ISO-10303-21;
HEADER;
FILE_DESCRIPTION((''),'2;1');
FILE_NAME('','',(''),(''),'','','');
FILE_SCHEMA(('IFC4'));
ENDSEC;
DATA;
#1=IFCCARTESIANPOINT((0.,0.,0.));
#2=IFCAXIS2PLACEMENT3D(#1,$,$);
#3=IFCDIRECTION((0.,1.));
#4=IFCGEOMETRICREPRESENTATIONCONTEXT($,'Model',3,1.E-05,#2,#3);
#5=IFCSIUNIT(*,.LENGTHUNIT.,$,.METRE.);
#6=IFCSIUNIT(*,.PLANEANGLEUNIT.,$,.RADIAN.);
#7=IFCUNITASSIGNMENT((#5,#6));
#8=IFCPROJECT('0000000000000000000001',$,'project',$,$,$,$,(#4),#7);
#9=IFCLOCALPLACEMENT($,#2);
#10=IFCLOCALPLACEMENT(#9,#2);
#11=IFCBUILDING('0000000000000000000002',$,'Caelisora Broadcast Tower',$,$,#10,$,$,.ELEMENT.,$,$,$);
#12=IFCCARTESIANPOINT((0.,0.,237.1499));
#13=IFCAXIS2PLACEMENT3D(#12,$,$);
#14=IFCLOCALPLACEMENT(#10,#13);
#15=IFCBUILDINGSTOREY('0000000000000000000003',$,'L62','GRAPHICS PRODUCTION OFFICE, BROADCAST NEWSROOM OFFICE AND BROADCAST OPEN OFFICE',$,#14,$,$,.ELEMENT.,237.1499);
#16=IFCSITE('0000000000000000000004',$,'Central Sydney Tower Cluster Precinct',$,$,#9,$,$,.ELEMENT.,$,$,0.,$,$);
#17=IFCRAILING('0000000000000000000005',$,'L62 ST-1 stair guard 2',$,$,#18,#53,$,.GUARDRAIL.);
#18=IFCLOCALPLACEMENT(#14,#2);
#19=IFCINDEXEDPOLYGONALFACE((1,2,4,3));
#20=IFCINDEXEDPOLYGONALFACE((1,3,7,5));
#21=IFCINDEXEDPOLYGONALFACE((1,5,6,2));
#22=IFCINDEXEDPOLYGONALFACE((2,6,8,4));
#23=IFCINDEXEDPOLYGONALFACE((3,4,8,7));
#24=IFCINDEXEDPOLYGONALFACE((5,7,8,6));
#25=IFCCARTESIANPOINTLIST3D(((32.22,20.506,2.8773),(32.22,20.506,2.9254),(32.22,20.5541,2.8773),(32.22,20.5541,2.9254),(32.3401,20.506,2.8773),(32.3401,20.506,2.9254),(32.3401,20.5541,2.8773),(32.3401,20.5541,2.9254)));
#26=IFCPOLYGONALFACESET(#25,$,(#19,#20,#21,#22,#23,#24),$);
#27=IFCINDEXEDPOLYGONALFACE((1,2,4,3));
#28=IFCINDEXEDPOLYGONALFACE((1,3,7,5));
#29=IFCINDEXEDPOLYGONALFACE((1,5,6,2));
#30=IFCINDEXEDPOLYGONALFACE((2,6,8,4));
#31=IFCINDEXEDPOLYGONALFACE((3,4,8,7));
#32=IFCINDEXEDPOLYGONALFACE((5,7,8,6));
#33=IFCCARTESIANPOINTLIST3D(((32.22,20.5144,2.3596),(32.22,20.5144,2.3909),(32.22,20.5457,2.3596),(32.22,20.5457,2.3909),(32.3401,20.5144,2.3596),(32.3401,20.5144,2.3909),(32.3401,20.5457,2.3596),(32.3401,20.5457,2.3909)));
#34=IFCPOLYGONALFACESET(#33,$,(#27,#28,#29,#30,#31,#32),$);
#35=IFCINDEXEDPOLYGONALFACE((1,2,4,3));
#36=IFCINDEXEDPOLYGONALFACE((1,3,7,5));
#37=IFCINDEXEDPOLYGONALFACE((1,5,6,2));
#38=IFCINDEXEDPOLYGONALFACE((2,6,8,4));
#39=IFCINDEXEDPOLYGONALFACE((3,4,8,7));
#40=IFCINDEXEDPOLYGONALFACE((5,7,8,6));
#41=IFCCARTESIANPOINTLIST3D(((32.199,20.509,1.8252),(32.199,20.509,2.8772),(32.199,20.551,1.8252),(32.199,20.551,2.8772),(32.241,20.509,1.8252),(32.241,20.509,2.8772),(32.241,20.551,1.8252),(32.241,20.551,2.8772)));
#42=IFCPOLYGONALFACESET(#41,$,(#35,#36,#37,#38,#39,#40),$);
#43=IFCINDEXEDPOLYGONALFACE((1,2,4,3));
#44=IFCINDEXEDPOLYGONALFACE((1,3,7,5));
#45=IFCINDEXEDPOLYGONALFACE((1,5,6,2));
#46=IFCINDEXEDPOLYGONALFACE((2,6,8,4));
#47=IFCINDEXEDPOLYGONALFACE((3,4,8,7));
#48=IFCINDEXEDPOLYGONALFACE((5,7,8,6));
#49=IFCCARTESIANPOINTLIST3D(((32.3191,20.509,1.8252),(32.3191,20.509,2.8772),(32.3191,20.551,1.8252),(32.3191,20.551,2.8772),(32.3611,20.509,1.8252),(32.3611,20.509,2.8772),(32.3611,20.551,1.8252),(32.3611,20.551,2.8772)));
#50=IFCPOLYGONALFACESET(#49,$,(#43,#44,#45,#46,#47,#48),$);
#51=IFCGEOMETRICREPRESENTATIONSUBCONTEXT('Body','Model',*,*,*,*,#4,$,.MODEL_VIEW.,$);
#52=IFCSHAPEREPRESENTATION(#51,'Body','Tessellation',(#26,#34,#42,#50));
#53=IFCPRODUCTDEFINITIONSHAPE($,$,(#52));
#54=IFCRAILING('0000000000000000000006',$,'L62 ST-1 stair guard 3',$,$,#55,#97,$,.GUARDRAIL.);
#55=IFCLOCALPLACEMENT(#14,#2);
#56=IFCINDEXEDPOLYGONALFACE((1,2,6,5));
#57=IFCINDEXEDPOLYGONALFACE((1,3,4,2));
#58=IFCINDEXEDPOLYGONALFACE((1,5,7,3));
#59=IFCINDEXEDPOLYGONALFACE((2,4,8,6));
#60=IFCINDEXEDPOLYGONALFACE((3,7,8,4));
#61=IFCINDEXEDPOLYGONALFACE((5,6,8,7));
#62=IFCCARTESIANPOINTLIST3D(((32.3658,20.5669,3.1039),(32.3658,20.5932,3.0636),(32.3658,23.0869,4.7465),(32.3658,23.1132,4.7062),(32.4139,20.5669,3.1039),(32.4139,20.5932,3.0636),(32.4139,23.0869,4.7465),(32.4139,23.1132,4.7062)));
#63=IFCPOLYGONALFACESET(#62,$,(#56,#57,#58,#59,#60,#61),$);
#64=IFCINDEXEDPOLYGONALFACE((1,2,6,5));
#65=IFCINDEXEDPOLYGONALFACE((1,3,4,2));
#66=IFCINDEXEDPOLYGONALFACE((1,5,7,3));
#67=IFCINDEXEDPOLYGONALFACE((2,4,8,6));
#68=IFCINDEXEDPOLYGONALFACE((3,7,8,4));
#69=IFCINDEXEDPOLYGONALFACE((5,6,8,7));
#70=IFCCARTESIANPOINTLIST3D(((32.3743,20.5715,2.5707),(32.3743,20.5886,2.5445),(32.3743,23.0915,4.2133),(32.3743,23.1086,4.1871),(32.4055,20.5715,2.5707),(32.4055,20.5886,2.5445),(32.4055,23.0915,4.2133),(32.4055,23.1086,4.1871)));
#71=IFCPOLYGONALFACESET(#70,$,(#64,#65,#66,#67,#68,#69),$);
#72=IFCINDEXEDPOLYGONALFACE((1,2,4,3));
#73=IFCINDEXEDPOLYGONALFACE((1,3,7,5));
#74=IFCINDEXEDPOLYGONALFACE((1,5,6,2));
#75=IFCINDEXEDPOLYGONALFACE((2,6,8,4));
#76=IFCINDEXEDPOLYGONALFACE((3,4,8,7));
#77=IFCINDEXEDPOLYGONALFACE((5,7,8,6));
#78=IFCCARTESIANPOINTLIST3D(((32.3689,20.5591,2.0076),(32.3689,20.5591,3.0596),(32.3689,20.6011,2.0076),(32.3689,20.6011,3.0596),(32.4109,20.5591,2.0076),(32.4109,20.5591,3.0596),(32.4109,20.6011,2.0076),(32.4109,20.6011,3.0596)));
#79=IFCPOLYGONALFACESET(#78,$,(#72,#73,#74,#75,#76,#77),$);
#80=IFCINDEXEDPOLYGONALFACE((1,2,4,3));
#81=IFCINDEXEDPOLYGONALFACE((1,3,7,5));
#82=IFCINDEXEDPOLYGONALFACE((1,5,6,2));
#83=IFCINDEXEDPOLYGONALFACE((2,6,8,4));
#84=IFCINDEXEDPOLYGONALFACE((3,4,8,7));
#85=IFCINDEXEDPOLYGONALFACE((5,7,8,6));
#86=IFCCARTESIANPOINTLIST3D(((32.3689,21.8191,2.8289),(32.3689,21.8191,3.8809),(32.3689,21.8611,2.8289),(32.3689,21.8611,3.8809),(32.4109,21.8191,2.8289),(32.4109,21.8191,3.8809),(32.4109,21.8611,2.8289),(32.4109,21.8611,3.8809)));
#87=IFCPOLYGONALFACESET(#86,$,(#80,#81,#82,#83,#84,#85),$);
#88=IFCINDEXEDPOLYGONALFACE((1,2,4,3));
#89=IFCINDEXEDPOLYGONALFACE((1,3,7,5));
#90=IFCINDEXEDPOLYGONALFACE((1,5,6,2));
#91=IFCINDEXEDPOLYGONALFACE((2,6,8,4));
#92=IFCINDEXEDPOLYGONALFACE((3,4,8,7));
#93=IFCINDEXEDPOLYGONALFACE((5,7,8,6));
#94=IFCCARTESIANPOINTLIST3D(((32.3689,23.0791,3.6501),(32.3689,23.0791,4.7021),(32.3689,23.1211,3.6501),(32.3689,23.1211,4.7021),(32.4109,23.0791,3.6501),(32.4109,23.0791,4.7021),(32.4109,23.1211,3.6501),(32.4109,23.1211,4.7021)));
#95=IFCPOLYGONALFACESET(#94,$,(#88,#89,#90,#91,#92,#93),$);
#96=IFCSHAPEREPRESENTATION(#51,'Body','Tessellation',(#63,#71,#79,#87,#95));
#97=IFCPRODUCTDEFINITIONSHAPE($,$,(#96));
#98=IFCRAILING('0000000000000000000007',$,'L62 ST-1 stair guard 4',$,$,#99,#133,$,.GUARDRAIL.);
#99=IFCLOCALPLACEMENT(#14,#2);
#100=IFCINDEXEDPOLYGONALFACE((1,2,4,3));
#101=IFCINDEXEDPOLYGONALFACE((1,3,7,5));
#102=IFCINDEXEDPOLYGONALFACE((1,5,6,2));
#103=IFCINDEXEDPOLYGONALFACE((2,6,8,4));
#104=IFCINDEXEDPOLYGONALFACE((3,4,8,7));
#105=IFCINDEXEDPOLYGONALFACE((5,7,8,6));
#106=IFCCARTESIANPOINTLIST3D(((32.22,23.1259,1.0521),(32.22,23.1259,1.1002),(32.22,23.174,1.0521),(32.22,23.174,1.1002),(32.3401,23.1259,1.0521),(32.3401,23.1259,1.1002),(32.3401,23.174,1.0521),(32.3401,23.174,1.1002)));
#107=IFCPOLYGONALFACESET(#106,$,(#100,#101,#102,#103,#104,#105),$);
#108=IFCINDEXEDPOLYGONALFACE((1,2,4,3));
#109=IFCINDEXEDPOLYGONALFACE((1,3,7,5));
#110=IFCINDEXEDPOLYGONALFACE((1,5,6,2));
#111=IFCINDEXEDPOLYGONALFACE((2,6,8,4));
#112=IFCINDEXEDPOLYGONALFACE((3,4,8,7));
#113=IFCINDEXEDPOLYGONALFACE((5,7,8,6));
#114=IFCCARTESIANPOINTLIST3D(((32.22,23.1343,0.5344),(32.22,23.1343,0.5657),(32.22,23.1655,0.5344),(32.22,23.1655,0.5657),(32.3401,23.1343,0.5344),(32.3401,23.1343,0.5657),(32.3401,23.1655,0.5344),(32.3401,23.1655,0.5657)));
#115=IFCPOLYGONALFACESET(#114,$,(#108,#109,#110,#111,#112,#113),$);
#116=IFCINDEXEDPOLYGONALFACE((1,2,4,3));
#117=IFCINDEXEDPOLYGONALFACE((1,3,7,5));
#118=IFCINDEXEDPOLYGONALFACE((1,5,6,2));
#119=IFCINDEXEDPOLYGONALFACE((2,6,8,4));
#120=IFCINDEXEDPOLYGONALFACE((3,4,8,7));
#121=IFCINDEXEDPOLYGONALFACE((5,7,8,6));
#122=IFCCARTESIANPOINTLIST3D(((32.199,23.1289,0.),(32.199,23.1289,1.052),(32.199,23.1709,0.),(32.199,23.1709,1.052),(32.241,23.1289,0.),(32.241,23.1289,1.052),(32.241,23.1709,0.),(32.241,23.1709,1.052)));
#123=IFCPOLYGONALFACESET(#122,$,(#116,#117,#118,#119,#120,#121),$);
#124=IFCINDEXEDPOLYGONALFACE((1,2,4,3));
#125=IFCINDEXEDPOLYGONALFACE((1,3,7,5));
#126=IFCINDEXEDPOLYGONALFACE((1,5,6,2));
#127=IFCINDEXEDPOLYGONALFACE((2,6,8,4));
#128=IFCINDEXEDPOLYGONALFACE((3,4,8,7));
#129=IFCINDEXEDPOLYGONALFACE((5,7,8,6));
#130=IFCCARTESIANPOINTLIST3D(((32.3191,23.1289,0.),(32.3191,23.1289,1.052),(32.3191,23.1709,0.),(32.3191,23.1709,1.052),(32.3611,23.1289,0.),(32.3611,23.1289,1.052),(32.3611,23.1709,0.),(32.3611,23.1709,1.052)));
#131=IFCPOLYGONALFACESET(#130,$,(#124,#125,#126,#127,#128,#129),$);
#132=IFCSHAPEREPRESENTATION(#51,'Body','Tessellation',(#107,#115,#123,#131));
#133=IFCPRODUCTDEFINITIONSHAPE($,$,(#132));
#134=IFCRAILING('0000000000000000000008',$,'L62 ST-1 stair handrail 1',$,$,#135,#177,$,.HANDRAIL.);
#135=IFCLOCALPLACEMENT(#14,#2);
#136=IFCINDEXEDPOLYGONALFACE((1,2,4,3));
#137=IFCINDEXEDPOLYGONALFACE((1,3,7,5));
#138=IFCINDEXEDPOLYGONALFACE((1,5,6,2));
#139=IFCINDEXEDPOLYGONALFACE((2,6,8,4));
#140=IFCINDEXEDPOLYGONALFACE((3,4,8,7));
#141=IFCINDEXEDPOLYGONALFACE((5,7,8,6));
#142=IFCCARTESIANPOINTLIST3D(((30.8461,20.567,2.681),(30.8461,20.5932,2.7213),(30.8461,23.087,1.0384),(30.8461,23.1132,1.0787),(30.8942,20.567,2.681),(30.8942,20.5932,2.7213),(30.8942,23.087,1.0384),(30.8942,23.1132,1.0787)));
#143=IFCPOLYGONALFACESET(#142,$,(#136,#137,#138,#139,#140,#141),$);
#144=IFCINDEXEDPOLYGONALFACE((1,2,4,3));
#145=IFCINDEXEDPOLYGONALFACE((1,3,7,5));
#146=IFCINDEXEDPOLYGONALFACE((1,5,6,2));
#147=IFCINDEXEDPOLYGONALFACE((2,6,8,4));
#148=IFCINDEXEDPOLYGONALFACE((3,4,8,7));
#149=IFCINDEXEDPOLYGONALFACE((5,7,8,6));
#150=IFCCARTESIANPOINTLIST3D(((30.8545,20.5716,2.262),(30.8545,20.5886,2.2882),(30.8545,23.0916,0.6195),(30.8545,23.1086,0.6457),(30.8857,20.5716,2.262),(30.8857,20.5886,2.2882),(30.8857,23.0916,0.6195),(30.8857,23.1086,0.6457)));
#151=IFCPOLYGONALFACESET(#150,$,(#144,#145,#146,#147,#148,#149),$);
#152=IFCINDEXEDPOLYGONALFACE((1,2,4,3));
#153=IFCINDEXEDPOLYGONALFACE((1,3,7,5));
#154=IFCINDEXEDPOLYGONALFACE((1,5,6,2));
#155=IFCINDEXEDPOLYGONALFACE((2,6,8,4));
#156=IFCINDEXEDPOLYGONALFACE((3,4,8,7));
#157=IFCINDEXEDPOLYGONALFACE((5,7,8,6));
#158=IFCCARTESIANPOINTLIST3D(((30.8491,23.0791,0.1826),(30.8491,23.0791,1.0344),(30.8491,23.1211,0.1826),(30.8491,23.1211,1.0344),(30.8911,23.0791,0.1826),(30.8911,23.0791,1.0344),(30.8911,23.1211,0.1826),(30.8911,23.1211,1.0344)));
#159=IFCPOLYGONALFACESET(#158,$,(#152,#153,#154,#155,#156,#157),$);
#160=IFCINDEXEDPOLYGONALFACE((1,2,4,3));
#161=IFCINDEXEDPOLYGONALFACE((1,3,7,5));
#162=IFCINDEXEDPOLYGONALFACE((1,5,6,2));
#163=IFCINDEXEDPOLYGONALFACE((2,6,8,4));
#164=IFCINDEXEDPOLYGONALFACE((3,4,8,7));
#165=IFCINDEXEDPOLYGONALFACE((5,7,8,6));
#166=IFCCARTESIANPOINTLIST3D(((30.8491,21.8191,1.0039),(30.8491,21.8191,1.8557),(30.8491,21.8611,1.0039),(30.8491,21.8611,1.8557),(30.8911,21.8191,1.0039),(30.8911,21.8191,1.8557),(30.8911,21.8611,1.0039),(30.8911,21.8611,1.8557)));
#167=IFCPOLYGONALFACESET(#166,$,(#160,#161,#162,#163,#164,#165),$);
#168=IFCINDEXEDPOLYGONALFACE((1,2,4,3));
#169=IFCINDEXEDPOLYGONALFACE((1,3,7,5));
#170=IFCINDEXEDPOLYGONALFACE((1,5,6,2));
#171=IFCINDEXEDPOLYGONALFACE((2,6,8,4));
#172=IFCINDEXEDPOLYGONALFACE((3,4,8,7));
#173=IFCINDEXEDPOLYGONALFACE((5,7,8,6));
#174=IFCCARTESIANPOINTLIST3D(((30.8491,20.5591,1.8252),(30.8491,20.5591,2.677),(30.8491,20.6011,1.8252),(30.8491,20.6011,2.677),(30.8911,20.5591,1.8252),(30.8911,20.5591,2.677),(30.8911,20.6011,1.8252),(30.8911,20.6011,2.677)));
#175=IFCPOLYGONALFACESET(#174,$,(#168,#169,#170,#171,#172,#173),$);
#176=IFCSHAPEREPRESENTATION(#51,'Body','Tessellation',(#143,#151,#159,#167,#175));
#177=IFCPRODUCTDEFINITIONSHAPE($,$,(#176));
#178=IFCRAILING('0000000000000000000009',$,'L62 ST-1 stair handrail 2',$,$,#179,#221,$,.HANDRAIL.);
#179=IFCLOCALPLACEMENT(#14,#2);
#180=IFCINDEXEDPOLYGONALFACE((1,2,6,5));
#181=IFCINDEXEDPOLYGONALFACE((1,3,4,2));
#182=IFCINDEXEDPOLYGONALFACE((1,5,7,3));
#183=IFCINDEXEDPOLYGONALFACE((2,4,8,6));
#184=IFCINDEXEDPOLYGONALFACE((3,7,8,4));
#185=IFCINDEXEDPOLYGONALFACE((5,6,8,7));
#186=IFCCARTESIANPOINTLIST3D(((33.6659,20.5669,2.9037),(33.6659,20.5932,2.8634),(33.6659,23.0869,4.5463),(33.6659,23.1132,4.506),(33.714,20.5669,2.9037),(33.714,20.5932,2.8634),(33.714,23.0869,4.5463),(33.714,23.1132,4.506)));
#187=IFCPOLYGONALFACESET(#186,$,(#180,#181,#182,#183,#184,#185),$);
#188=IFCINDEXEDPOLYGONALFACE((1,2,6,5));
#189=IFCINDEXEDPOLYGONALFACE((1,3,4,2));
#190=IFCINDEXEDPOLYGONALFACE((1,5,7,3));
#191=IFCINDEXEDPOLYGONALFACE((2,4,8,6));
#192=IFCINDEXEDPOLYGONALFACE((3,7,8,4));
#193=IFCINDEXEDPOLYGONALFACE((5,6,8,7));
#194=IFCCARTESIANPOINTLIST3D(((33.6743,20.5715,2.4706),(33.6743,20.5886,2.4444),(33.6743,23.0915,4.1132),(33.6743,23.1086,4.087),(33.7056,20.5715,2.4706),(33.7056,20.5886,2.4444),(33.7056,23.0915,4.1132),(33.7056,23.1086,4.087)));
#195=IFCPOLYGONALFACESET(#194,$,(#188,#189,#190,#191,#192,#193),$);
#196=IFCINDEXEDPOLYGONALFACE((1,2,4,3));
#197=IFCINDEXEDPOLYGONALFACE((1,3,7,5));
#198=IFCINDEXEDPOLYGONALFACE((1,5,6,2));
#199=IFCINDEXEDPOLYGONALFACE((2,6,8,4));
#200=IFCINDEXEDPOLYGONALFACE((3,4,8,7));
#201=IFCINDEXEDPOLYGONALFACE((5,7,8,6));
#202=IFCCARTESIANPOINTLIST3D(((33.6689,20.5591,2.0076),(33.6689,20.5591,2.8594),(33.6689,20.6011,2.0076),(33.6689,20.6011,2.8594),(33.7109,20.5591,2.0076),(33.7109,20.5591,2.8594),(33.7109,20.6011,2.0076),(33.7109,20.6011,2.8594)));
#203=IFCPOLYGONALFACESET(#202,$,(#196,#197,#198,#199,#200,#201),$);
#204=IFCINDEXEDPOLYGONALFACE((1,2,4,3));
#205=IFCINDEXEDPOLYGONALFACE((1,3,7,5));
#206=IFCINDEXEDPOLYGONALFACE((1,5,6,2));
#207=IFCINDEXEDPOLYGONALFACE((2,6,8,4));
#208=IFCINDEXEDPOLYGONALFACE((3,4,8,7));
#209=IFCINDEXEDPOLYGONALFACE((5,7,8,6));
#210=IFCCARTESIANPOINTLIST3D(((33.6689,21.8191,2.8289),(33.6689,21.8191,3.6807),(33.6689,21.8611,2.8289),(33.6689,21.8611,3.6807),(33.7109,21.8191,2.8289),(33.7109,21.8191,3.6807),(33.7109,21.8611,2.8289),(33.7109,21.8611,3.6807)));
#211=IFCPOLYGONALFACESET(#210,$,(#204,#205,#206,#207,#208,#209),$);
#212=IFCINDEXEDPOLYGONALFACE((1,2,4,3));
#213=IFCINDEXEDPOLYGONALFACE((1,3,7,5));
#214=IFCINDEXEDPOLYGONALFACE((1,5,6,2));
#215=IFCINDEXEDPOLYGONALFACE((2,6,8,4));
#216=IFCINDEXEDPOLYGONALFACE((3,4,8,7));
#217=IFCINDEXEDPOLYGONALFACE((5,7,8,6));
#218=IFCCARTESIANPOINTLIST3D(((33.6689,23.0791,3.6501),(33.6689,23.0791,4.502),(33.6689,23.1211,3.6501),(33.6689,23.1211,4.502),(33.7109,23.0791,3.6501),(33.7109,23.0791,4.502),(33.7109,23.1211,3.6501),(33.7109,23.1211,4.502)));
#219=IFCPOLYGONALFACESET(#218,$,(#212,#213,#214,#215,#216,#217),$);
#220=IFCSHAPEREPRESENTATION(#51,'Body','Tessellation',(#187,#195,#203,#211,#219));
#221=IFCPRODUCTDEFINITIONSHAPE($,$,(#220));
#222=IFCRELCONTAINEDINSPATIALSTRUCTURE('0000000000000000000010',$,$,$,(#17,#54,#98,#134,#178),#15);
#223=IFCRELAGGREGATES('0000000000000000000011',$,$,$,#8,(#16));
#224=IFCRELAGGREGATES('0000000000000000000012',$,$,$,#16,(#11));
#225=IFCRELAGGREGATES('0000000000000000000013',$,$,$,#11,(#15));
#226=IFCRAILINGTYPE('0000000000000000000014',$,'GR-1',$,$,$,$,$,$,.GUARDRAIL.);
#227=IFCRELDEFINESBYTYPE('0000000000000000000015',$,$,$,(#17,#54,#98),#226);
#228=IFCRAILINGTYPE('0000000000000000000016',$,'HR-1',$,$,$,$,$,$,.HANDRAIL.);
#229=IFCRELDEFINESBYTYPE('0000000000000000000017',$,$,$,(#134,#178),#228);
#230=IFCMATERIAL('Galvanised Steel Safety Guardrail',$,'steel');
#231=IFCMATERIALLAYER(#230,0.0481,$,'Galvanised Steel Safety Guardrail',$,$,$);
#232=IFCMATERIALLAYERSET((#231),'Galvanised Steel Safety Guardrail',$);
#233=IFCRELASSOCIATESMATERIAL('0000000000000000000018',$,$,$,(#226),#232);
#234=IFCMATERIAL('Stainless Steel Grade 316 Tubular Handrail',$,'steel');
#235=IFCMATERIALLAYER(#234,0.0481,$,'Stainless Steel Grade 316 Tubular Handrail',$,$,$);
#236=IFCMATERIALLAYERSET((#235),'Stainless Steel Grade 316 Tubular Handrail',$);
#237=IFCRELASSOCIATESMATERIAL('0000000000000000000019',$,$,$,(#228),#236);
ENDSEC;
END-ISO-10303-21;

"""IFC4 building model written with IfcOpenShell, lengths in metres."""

from ifc_helpers import new_model, si_unit, direction, frame, origin, origin_2d, place, context, subcontext, project, spatial, rectangle, extrude, material, layer, layer_set, type_object, element, save


model = new_model("IFC4")

# Units and contexts
model_context = context("Model", 3, precision=1e-05, world=origin(), true_north=direction((0.0, 1.0)))
body_context = subcontext(model_context, "Body", "Model", "MODEL_VIEW")
ifc_project = project(units=[si_unit("LENGTHUNIT", "METRE"), si_unit("PLANEANGLEUNIT", "RADIAN")], contexts=[model_context])

# Site, building, storey
site_placement = place(None, origin())
site = spatial("IfcSite", under=ifc_project, at=site_placement, Name="Central Sydney Tower Cluster Precinct", CompositionType="ELEMENT", RefElevation=0.0)
building_placement = place(site_placement, origin())
building = spatial("IfcBuilding", under=site, at=building_placement, Name="Caelisora Broadcast Tower", CompositionType="ELEMENT")
storey_placement = place(building_placement, frame((0.0, 0.0, 237.1499)))
storey = spatial("IfcBuildingStorey", under=building, at=storey_placement, Name="L62", Description="GRAPHICS PRODUCTION OFFICE, BROADCAST NEWSROOM OFFICE AND BROADCAST OPEN OFFICE", CompositionType="ELEMENT", Elevation=237.1499)

# Railings
ifc_material_1 = material(Name="Galvanised Steel Safety Guardrail", Category="steel")
ifc_layer_1 = layer(ifc_material_1, 0.0481, Name="Galvanised Steel Safety Guardrail")
ifc_layer_set_1 = layer_set([ifc_layer_1], Name="Galvanised Steel Safety Guardrail")
railing_type_1 = type_object("IfcRailingType", Name="GR-1", PredefinedType="GUARDRAIL", material=ifc_layer_set_1)
railing_1_placement = place(storey_placement, frame((32.22, 20.53, 1.8252)))
element("IfcRailing", 1, at=railing_1_placement, inside=storey, type_object=railing_type_1, Name="L62 ST-1 stair guard 2", PredefinedType="GUARDRAIL", context=body_context, shape_type="SweptSolid", body=[
    extrude(rectangle(XDim=0.0481, YDim=0.0481, at=origin_2d()), frame((0.0, 0.0, 1.0762), z_axis=(1.0, 0.0, 0.0), x_axis=(0.0, 1.0, 0.0)), (0.0, 0.0, 1.0), 0.1201),
    extrude(rectangle(XDim=0.0312, YDim=0.0312, at=origin_2d()), frame((0.0, 0.0, 0.55), z_axis=(1.0, 0.0, 0.0), x_axis=(0.0, 1.0, 0.0)), (0.0, 0.0, 1.0), 0.1201),
    extrude(rectangle(XDim=0.042, YDim=0.042, at=origin_2d()), origin(), (0.0, 0.0, 1.0), 1.052),
    extrude(rectangle(XDim=0.042, YDim=0.042, at=origin_2d()), frame((0.1201, 0.0, 0.0)), (0.0, 0.0, 1.0), 1.052),
])
railing_2_placement = place(storey_placement, frame((32.3899, 20.5801, 2.0076)))
element("IfcRailing", 2, at=railing_2_placement, inside=storey, type_object=railing_type_1, Name="L62 ST-1 stair guard 3", PredefinedType="GUARDRAIL", context=body_context, shape_type="SweptSolid", body=[
    extrude(rectangle(XDim=0.0481, YDim=0.0481, at=origin_2d()), frame((0.0, 0.0, 1.0762), z_axis=(0.0, 0.837749, 0.546055), x_axis=(-1.0, 0.0, 0.0)), (0.0, 0.0, 1.0), 3.0081),
    extrude(rectangle(XDim=0.0312, YDim=0.0312, at=origin_2d()), frame((0.0, 0.0, 0.55), z_axis=(0.0, 0.837749, 0.546055), x_axis=(-1.0, 0.0, 0.0)), (0.0, 0.0, 1.0), 3.0081),
    extrude(rectangle(XDim=0.042, YDim=0.042, at=origin_2d()), origin(), (0.0, 0.0, 1.0), 1.052),
    extrude(rectangle(XDim=0.042, YDim=0.042, at=origin_2d()), frame((0.0, 1.26, 0.8213)), (0.0, 0.0, 1.0), 1.052),
    extrude(rectangle(XDim=0.042, YDim=0.042, at=origin_2d()), frame((0.0, 2.52, 1.6426)), (0.0, 0.0, 1.0), 1.052),
])
railing_3_placement = place(storey_placement, frame((32.22, 23.1499, 0.0)))
element("IfcRailing", 3, at=railing_3_placement, inside=storey, type_object=railing_type_1, Name="L62 ST-1 stair guard 4", PredefinedType="GUARDRAIL", context=body_context, shape_type="SweptSolid", body=[
    extrude(rectangle(XDim=0.0481, YDim=0.0481, at=origin_2d()), frame((0.0, 0.0, 1.0762), z_axis=(1.0, 0.0, 0.0), x_axis=(0.0, 1.0, 0.0)), (0.0, 0.0, 1.0), 0.1201),
    extrude(rectangle(XDim=0.0312, YDim=0.0312, at=origin_2d()), frame((0.0, 0.0, 0.55), z_axis=(1.0, 0.0, 0.0), x_axis=(0.0, 1.0, 0.0)), (0.0, 0.0, 1.0), 0.1201),
    extrude(rectangle(XDim=0.042, YDim=0.042, at=origin_2d()), origin(), (0.0, 0.0, 1.0), 1.052),
    extrude(rectangle(XDim=0.042, YDim=0.042, at=origin_2d()), frame((0.1201, 0.0, 0.0)), (0.0, 0.0, 1.0), 1.052),
])
ifc_material_2 = material(Name="Stainless Steel Grade 316 Tubular Handrail", Category="steel")
ifc_layer_2 = layer(ifc_material_2, 0.0481, Name="Stainless Steel Grade 316 Tubular Handrail")
ifc_layer_set_2 = layer_set([ifc_layer_2], Name="Stainless Steel Grade 316 Tubular Handrail")
railing_type_2 = type_object("IfcRailingType", Name="HR-1", PredefinedType="HANDRAIL", material=ifc_layer_set_2)
railing_4_placement = place(storey_placement, frame((30.8701, 23.1001, 0.1826)))
element("IfcRailing", 4, at=railing_4_placement, inside=storey, type_object=railing_type_2, Name="L62 ST-1 stair handrail 1", PredefinedType="HANDRAIL", context=body_context, shape_type="SweptSolid", body=[
    extrude(rectangle(XDim=0.0481, YDim=0.0481, at=origin_2d()), frame((0.0, 0.0, 0.876), z_axis=(0.0, -0.837749, 0.546055), x_axis=(1.0, 0.0, 0.0)), (0.0, 0.0, 1.0), 3.0081),
    extrude(rectangle(XDim=0.0312, YDim=0.0312, at=origin_2d()), frame((0.0, 0.0, 0.45), z_axis=(0.0, -0.837749, 0.546055), x_axis=(1.0, 0.0, 0.0)), (0.0, 0.0, 1.0), 3.0081),
    extrude(rectangle(XDim=0.042, YDim=0.042, at=origin_2d()), origin(), (0.0, 0.0, 1.0), 0.8518),
    extrude(rectangle(XDim=0.042, YDim=0.042, at=origin_2d()), frame((0.0, -1.26, 0.8213)), (0.0, 0.0, 1.0), 0.8518),
    extrude(rectangle(XDim=0.042, YDim=0.042, at=origin_2d()), frame((0.0, -2.52, 1.6426)), (0.0, 0.0, 1.0), 0.8518),
])
railing_5_placement = place(storey_placement, frame((33.6899, 20.5801, 2.0076)))
element("IfcRailing", 5, at=railing_5_placement, inside=storey, type_object=railing_type_2, Name="L62 ST-1 stair handrail 2", PredefinedType="HANDRAIL", context=body_context, shape_type="SweptSolid", body=[
    extrude(rectangle(XDim=0.0481, YDim=0.0481, at=origin_2d()), frame((0.0, 0.0, 0.876), z_axis=(0.0, 0.837749, 0.546055), x_axis=(-1.0, 0.0, 0.0)), (0.0, 0.0, 1.0), 3.0081),
    extrude(rectangle(XDim=0.0312, YDim=0.0312, at=origin_2d()), frame((0.0, 0.0, 0.45), z_axis=(0.0, 0.837749, 0.546055), x_axis=(-1.0, 0.0, 0.0)), (0.0, 0.0, 1.0), 3.0081),
    extrude(rectangle(XDim=0.042, YDim=0.042, at=origin_2d()), origin(), (0.0, 0.0, 1.0), 0.8518),
    extrude(rectangle(XDim=0.042, YDim=0.042, at=origin_2d()), frame((0.0, 1.26, 0.8213)), (0.0, 0.0, 1.0), 0.8518),
    extrude(rectangle(XDim=0.042, YDim=0.042, at=origin_2d()), frame((0.0, 2.52, 1.6426)), (0.0, 0.0, 1.0), 0.8518),
])

save(model, "model.ifc")
